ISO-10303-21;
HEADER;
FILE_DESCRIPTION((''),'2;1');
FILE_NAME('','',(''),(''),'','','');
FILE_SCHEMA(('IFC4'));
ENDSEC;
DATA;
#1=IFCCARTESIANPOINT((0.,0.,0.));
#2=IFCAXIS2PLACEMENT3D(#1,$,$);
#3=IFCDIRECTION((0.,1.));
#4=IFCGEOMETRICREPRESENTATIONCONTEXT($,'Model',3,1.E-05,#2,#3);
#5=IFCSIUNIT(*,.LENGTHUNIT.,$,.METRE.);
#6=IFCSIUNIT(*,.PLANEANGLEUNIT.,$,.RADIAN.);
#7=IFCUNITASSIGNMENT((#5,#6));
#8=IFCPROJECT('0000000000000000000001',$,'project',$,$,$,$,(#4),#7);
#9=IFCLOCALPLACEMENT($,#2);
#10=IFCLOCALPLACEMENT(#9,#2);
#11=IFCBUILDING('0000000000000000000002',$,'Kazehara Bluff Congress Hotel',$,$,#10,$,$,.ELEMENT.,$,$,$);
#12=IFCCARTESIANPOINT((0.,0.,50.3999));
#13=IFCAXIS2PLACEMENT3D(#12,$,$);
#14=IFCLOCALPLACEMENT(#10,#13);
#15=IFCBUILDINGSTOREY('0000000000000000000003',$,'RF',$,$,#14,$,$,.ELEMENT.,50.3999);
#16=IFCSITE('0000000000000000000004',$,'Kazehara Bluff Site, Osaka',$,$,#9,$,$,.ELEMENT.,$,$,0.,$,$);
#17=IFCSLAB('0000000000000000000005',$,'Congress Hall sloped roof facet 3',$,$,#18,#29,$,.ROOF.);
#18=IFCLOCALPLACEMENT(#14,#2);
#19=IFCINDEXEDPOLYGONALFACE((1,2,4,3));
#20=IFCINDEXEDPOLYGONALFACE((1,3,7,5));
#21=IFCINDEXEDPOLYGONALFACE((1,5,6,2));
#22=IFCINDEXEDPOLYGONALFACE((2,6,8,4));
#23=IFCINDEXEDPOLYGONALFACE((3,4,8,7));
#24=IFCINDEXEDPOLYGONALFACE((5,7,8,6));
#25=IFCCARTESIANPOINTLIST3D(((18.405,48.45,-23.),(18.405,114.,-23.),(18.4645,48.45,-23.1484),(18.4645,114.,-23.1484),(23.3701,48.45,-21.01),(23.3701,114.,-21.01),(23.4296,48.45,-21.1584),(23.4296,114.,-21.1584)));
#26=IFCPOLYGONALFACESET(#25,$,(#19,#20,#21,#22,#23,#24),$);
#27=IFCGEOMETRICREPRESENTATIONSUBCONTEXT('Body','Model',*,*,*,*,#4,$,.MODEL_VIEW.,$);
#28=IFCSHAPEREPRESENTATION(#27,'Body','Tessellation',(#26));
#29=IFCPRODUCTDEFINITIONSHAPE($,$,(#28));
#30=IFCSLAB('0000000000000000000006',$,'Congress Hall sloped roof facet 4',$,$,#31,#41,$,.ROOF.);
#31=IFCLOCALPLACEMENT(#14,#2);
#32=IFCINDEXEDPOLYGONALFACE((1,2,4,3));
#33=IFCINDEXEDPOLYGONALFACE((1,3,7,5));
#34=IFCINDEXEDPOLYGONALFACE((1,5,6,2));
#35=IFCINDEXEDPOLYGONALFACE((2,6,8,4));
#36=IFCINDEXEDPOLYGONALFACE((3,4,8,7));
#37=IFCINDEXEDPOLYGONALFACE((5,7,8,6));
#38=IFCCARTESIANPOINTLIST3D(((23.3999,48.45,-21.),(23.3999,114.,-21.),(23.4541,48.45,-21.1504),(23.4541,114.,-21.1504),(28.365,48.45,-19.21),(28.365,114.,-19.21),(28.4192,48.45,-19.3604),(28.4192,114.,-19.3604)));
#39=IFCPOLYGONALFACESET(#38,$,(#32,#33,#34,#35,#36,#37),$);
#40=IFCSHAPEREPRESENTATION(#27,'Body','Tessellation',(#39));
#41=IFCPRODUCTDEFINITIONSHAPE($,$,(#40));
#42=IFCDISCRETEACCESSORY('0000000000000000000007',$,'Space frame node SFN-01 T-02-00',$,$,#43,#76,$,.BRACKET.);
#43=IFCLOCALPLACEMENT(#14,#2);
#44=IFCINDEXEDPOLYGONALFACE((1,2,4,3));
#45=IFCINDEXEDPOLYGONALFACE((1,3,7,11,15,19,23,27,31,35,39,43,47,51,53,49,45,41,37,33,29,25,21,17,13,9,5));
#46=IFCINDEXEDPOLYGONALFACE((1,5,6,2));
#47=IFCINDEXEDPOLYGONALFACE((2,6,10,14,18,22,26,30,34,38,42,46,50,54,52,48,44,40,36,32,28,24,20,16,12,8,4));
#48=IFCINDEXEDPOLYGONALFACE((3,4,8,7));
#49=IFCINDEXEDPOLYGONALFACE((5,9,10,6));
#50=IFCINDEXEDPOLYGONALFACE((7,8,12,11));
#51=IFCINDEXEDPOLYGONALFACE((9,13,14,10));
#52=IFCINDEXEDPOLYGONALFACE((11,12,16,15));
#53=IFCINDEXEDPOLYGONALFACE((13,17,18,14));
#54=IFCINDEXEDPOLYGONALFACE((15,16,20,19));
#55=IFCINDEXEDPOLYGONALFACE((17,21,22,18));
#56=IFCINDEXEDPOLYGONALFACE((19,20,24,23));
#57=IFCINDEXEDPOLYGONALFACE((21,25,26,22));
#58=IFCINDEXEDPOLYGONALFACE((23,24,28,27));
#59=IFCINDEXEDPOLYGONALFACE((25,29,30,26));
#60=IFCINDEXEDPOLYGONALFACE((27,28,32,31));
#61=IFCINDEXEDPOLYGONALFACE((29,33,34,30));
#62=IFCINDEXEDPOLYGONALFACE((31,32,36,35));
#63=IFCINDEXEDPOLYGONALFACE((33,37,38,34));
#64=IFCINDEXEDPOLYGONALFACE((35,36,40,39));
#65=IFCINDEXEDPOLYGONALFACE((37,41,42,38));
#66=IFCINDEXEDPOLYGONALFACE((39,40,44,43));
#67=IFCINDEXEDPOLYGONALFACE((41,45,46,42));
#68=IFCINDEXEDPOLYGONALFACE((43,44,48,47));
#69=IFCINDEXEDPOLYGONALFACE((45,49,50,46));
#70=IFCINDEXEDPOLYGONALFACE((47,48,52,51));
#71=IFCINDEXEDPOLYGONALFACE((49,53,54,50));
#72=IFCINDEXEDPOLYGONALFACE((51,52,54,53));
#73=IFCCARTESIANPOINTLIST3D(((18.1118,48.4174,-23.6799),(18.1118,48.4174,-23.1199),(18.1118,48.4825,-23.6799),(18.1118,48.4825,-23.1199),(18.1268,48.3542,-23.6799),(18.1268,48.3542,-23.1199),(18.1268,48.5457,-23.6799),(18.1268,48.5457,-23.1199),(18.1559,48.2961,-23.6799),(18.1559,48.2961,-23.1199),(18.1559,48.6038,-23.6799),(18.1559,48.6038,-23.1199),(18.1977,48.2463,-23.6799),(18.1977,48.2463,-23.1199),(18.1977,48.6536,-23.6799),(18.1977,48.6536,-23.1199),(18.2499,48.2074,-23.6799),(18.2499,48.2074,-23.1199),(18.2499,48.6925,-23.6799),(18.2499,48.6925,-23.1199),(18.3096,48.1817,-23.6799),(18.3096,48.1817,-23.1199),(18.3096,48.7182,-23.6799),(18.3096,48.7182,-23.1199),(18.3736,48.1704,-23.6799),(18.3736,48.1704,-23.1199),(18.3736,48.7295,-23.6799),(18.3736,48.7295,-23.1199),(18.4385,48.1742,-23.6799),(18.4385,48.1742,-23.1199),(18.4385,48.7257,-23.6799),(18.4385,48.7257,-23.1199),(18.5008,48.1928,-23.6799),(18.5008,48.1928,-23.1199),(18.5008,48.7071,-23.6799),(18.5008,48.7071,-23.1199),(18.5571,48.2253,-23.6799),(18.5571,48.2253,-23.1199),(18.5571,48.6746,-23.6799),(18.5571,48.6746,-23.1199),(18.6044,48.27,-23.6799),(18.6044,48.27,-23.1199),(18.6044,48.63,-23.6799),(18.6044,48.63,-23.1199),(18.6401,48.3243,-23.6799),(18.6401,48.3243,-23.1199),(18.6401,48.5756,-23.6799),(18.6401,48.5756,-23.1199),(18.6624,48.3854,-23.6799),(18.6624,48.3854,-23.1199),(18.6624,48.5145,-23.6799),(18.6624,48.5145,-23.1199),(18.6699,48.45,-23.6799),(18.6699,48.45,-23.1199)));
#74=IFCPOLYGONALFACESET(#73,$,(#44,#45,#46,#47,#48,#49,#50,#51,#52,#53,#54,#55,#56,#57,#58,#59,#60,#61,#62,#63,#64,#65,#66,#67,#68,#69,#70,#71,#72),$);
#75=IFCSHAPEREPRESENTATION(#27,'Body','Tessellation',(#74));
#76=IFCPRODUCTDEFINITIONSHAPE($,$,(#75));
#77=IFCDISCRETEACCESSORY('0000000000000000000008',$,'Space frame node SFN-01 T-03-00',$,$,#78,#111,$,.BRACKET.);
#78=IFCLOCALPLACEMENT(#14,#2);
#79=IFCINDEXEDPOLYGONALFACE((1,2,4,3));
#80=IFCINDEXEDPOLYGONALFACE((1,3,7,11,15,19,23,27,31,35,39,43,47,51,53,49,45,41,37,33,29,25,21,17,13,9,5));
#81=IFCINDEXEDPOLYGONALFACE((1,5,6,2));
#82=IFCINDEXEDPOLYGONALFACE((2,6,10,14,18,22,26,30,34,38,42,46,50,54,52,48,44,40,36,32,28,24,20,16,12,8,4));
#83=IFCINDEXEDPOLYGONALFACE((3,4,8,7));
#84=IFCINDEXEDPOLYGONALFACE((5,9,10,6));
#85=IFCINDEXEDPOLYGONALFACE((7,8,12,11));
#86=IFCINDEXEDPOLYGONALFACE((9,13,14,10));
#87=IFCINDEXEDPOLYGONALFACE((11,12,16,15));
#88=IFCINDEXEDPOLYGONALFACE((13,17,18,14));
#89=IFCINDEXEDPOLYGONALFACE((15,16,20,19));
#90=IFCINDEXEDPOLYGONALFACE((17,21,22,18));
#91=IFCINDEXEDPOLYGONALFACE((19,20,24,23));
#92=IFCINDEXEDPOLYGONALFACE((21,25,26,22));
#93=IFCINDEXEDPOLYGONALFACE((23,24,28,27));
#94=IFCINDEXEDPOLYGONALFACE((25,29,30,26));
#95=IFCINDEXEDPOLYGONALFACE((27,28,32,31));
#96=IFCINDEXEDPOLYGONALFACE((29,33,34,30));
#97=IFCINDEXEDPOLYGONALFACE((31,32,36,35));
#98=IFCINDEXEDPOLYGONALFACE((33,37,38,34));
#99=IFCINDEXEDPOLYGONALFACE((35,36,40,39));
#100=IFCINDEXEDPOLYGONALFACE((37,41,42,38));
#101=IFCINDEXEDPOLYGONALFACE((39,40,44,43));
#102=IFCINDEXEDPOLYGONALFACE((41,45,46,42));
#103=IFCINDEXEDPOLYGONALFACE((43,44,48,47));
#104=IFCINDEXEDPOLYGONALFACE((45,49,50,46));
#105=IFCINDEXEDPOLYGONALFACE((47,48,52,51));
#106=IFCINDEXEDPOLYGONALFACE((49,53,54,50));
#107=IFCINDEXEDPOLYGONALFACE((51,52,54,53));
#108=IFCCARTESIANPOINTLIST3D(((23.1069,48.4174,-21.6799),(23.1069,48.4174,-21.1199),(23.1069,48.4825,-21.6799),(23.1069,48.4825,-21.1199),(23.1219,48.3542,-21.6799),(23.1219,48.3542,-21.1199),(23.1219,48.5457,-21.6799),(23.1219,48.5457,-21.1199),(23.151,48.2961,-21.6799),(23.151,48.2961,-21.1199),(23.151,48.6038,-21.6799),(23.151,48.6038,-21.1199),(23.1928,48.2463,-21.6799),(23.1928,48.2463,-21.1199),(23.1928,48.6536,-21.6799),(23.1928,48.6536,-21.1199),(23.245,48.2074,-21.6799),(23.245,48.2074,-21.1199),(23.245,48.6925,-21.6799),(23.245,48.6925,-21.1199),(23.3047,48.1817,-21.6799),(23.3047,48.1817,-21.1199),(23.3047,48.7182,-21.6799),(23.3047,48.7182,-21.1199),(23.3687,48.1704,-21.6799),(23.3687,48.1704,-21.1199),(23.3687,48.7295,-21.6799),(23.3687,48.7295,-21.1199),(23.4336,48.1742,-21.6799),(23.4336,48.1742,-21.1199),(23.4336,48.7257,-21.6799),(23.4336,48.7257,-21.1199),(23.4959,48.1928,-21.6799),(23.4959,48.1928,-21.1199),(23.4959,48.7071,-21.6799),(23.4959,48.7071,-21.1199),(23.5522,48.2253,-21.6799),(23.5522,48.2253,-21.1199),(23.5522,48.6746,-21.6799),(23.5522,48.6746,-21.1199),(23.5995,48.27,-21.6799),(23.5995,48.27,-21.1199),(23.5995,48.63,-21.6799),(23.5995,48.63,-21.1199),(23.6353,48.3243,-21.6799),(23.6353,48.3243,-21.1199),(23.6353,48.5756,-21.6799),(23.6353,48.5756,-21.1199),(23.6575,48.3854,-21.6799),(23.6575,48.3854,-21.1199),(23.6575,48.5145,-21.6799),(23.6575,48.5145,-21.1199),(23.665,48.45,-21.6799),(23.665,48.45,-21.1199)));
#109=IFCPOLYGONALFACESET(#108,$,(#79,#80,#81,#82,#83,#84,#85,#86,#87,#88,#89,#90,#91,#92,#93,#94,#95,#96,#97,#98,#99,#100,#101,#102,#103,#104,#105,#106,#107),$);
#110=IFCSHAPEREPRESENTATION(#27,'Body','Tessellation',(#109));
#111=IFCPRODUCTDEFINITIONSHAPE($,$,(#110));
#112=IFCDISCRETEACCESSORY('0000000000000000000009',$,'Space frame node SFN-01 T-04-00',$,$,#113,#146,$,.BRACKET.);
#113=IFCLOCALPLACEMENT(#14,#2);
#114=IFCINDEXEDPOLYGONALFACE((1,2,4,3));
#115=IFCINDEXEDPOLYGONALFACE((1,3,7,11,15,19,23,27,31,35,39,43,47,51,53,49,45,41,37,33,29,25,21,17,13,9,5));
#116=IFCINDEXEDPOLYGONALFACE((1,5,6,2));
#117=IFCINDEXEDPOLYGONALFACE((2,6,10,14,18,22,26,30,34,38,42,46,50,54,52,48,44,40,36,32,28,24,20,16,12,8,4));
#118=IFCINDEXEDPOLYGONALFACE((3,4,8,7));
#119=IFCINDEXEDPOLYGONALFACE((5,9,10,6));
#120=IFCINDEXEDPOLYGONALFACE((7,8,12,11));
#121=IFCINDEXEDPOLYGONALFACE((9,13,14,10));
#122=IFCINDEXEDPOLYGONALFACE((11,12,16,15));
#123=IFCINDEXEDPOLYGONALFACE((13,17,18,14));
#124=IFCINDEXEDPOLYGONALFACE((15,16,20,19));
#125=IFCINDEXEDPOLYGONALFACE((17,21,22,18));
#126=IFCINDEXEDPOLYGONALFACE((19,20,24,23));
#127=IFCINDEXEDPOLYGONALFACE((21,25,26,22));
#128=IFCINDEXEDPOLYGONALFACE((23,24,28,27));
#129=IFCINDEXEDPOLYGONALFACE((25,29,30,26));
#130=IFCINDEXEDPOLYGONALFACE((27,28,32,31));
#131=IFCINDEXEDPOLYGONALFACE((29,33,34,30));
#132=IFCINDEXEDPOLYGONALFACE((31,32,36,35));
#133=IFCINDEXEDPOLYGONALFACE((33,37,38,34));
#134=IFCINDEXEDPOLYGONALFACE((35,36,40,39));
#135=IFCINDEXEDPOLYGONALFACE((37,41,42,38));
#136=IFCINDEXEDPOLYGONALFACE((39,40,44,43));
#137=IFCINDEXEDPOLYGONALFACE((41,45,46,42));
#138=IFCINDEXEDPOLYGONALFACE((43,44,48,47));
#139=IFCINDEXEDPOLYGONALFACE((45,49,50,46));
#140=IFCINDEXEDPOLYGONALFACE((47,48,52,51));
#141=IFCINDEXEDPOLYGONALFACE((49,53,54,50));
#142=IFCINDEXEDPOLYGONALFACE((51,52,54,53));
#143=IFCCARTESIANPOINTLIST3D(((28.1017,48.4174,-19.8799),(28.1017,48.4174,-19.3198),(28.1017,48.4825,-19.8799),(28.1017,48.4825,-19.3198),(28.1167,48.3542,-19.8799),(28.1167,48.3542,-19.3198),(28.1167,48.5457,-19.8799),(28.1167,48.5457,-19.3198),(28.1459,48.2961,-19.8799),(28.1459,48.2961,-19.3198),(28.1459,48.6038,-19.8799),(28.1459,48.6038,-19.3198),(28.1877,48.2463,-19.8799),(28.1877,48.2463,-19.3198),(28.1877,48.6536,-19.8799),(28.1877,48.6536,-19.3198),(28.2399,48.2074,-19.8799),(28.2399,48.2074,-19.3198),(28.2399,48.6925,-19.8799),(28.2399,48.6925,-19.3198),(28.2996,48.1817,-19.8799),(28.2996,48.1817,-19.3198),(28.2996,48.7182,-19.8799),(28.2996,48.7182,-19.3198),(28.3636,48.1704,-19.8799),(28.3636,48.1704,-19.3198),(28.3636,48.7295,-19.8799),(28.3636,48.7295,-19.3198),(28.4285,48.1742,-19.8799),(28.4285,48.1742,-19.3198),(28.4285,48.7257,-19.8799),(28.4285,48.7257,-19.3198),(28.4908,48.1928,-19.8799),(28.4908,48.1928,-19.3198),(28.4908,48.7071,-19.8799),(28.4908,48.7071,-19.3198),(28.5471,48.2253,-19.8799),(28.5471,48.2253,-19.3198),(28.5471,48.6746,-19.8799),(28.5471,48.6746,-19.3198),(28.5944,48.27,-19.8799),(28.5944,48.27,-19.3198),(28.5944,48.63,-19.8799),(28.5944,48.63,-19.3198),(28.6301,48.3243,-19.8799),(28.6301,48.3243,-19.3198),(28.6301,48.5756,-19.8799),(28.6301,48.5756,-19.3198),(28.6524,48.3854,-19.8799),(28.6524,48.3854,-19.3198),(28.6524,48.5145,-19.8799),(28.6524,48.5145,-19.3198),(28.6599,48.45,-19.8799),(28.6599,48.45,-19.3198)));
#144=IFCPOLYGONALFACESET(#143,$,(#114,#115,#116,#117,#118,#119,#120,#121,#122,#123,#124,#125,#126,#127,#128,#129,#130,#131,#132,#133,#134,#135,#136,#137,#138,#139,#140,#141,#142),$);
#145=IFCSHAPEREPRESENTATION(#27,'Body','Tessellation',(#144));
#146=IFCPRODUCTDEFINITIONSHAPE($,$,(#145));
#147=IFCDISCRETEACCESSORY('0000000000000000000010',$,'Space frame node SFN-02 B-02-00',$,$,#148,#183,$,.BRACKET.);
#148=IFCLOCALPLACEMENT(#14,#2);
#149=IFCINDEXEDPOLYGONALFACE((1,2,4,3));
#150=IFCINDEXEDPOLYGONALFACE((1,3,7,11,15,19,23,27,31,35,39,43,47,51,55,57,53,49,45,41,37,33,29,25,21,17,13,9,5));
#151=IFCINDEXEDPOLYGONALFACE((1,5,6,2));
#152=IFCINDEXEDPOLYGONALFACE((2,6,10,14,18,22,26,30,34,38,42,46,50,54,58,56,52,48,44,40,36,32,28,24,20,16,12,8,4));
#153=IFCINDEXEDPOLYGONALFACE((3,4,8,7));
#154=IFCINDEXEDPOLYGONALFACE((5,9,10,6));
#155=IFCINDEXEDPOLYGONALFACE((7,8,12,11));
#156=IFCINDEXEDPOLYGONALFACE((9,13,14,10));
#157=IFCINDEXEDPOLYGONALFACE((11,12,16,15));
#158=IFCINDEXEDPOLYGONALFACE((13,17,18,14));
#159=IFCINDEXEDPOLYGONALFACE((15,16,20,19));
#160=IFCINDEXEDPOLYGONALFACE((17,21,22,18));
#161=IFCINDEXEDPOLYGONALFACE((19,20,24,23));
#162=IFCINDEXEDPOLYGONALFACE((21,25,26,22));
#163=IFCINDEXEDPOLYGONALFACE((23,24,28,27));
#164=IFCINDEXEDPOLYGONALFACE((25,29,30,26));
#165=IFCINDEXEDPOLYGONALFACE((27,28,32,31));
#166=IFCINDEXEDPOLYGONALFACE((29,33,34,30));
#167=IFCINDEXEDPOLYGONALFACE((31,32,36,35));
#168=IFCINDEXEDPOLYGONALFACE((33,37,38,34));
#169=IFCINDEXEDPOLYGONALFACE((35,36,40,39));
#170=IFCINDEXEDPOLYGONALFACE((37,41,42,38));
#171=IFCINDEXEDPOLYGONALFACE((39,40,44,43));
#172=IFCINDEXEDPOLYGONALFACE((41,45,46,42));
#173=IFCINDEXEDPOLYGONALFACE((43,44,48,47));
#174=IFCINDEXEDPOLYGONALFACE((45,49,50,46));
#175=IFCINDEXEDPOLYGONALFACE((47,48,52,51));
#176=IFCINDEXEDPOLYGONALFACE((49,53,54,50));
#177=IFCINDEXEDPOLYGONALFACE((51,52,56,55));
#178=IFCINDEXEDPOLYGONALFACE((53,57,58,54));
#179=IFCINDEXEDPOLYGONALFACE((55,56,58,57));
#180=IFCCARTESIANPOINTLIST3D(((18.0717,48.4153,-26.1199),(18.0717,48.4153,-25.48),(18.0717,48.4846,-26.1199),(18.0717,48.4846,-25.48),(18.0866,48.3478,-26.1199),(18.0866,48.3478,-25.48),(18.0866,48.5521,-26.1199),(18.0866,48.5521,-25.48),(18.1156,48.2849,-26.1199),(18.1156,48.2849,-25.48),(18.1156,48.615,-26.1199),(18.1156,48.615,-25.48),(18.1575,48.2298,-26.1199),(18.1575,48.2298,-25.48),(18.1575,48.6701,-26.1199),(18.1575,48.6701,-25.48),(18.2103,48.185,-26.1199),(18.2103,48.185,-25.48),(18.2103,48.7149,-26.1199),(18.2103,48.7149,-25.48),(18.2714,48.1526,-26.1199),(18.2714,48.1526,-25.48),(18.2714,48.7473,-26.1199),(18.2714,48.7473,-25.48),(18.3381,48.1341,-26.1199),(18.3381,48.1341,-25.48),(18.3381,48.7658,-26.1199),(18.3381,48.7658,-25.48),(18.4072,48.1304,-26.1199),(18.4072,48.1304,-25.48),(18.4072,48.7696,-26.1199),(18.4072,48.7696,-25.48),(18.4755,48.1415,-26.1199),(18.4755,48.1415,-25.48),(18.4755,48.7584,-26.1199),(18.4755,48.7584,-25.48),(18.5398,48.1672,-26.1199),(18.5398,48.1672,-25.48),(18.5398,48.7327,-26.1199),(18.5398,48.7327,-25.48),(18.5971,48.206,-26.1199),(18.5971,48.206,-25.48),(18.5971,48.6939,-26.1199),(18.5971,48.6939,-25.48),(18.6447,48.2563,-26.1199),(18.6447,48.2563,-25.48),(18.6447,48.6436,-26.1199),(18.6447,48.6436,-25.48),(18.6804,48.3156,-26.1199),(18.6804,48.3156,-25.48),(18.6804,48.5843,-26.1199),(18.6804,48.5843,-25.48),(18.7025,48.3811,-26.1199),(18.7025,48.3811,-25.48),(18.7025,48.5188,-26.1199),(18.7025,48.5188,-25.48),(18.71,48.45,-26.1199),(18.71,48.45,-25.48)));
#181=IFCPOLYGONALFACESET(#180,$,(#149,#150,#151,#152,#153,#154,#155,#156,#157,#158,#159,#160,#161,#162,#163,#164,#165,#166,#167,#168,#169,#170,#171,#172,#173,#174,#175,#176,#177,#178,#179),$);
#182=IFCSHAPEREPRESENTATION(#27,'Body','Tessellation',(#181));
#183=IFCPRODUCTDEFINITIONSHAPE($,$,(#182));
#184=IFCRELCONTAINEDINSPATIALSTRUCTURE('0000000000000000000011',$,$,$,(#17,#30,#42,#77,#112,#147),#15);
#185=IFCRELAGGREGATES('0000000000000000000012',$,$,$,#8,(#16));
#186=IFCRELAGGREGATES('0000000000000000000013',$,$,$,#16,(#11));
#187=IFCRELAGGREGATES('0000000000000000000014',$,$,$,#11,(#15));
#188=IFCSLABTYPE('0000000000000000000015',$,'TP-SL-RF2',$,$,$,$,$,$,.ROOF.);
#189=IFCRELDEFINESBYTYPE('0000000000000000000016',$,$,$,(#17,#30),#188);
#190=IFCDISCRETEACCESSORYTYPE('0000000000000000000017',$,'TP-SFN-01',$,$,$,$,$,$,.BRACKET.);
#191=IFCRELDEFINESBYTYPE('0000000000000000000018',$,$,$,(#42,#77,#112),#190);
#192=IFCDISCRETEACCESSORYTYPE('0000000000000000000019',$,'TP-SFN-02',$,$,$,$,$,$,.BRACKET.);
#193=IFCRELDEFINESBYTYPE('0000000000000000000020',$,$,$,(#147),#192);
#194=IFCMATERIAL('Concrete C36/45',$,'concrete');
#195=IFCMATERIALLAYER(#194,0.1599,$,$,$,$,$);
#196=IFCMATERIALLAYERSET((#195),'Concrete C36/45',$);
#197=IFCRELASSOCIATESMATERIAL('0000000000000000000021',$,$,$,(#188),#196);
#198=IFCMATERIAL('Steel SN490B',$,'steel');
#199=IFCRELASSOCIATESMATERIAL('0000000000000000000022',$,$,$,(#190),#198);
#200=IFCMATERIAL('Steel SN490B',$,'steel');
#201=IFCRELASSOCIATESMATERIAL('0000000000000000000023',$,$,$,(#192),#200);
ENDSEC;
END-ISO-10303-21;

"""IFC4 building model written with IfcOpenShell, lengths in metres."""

from ifc_helpers import new_model, si_unit, direction, frame, origin, origin_2d, place, context, subcontext, project, spatial, polyline, circle, outline, extrude, material, layer, layer_set, material_profile, profile_set, type_object, element, save


model = new_model("IFC4")

# Units and contexts
model_context = context("Model", 3, precision=1e-05, world=origin(), true_north=direction((0.0, 1.0)))
body_context = subcontext(model_context, "Body", "Model", "MODEL_VIEW")
ifc_project = project(units=[si_unit("LENGTHUNIT", "METRE"), si_unit("PLANEANGLEUNIT", "RADIAN")], contexts=[model_context])

# Site, building, storey
site_placement = place(None, origin())
site = spatial("IfcSite", under=ifc_project, at=site_placement, Name="Kazehara Bluff Site, Osaka", CompositionType="ELEMENT", RefElevation=0.0)
building_placement = place(site_placement, origin())
building = spatial("IfcBuilding", under=site, at=building_placement, Name="Kazehara Bluff Congress Hotel", CompositionType="ELEMENT")
storey_placement = place(building_placement, frame((0.0, 0.0, 50.3999)))
storey = spatial("IfcBuildingStorey", under=building, at=storey_placement, Name="RF", CompositionType="ELEMENT", Elevation=50.3999)

# Slabs
ifc_material_1 = material(Name="Concrete C36/45", Category="concrete")
ifc_layer = layer(ifc_material_1, 0.1599)
ifc_layer_set = layer_set([ifc_layer], Name="Concrete C36/45")
slab_type = type_object("IfcSlabType", Name="TP-SL-RF2", PredefinedType="ROOF", material=ifc_layer_set)
slab_1_placement = place(storey_placement, frame((18.405, 48.45, -23.0), z_axis=(-0.372028, 0.0, 0.928222), x_axis=(0.928222, 0.0, 0.372028)))
element("IfcSlab", 1, at=slab_1_placement, inside=storey, type_object=slab_type, Name="Congress Hall sloped roof facet 3", PredefinedType="ROOF", context=body_context, shape_type="SweptSolid", body=[
    extrude(outline(polyline([(0.0, 0.0), (5.349, 0.0), (5.349, 65.55), (0.0, 65.55), (0.0, 0.0)])), origin(), (0.0, 0.0, -1.0), 0.1599),
])
slab_2_placement = place(storey_placement, frame((23.3999, 48.45, -21.0), z_axis=(-0.339157, 0.0, 0.94073), x_axis=(0.94073, 0.0, 0.339157)))
element("IfcSlab", 2, at=slab_2_placement, inside=storey, type_object=slab_type, Name="Congress Hall sloped roof facet 4", PredefinedType="ROOF", context=body_context, shape_type="SweptSolid", body=[
    extrude(outline(polyline([(0.0, 0.0), (5.2779, 0.0), (5.2779, 65.55), (0.0, 65.55), (0.0, 0.0)])), origin(), (0.0, 0.0, -1.0), 0.1599),
])

# Discrete accessories
ifc_material_2 = material(Name="Steel SN490B", Category="steel")
ifc_material_profile_1 = material_profile(ifc_material_2, circle(Radius=0.28, at=origin_2d()))
ifc_profile_set_1 = profile_set([ifc_material_profile_1], Name="Steel SN490B")
discrete_accessory_type_1 = type_object("IfcDiscreteAccessoryType", Name="TP-SFN-01", PredefinedType="BRACKET", material=ifc_profile_set_1)
for number, where, z_axis, x_axis, name in (
    (3, (18.3899, 48.45, -23.6799), (0.0, 0.0, 1.0), (1.0, 0.0, 0.0), "Space frame node SFN-01 T-02-00"),
    (4, (23.385, 48.45, -21.6799), (0.0, 0.0, 1.0), (1.0, 0.0, 0.0), "Space frame node SFN-01 T-03-00"),
    (5, (28.3799, 48.45, -19.8799), (0.0, 0.0, 1.0), (1.0, 0.0, 0.0), "Space frame node SFN-01 T-04-00"),
):
    element("IfcDiscreteAccessory", number, at=place(storey_placement, frame(where, z_axis=z_axis, x_axis=x_axis)), inside=storey, type_object=discrete_accessory_type_1, Name=name, PredefinedType="BRACKET", context=body_context, shape_type="SweptSolid", body=[
        extrude(circle(Radius=0.28, at=origin_2d()), origin(), (0.0, 0.0, 1.0), 0.5601),
    ])
ifc_material_3 = material(Name="Steel SN490B", Category="steel")
ifc_material_profile_2 = material_profile(ifc_material_3, circle(Radius=0.3201, at=origin_2d()))
ifc_profile_set_2 = profile_set([ifc_material_profile_2], Name="Steel SN490B")
discrete_accessory_type_2 = type_object("IfcDiscreteAccessoryType", Name="TP-SFN-02", PredefinedType="BRACKET", material=ifc_profile_set_2)
for number, where, z_axis, x_axis, name in (
    (6, (18.3899, 48.45, -26.1199), (0.0, 0.0, 1.0), (1.0, 0.0, 0.0), "Space frame node SFN-02 B-02-00"),
):
    element("IfcDiscreteAccessory", number, at=place(storey_placement, frame(where, z_axis=z_axis, x_axis=x_axis)), inside=storey, type_object=discrete_accessory_type_2, Name=name, PredefinedType="BRACKET", context=body_context, shape_type="SweptSolid", body=[
        extrude(circle(Radius=0.3201, at=origin_2d()), origin(), (0.0, 0.0, 1.0), 0.6399),
    ])

save(model, "model.ifc")
